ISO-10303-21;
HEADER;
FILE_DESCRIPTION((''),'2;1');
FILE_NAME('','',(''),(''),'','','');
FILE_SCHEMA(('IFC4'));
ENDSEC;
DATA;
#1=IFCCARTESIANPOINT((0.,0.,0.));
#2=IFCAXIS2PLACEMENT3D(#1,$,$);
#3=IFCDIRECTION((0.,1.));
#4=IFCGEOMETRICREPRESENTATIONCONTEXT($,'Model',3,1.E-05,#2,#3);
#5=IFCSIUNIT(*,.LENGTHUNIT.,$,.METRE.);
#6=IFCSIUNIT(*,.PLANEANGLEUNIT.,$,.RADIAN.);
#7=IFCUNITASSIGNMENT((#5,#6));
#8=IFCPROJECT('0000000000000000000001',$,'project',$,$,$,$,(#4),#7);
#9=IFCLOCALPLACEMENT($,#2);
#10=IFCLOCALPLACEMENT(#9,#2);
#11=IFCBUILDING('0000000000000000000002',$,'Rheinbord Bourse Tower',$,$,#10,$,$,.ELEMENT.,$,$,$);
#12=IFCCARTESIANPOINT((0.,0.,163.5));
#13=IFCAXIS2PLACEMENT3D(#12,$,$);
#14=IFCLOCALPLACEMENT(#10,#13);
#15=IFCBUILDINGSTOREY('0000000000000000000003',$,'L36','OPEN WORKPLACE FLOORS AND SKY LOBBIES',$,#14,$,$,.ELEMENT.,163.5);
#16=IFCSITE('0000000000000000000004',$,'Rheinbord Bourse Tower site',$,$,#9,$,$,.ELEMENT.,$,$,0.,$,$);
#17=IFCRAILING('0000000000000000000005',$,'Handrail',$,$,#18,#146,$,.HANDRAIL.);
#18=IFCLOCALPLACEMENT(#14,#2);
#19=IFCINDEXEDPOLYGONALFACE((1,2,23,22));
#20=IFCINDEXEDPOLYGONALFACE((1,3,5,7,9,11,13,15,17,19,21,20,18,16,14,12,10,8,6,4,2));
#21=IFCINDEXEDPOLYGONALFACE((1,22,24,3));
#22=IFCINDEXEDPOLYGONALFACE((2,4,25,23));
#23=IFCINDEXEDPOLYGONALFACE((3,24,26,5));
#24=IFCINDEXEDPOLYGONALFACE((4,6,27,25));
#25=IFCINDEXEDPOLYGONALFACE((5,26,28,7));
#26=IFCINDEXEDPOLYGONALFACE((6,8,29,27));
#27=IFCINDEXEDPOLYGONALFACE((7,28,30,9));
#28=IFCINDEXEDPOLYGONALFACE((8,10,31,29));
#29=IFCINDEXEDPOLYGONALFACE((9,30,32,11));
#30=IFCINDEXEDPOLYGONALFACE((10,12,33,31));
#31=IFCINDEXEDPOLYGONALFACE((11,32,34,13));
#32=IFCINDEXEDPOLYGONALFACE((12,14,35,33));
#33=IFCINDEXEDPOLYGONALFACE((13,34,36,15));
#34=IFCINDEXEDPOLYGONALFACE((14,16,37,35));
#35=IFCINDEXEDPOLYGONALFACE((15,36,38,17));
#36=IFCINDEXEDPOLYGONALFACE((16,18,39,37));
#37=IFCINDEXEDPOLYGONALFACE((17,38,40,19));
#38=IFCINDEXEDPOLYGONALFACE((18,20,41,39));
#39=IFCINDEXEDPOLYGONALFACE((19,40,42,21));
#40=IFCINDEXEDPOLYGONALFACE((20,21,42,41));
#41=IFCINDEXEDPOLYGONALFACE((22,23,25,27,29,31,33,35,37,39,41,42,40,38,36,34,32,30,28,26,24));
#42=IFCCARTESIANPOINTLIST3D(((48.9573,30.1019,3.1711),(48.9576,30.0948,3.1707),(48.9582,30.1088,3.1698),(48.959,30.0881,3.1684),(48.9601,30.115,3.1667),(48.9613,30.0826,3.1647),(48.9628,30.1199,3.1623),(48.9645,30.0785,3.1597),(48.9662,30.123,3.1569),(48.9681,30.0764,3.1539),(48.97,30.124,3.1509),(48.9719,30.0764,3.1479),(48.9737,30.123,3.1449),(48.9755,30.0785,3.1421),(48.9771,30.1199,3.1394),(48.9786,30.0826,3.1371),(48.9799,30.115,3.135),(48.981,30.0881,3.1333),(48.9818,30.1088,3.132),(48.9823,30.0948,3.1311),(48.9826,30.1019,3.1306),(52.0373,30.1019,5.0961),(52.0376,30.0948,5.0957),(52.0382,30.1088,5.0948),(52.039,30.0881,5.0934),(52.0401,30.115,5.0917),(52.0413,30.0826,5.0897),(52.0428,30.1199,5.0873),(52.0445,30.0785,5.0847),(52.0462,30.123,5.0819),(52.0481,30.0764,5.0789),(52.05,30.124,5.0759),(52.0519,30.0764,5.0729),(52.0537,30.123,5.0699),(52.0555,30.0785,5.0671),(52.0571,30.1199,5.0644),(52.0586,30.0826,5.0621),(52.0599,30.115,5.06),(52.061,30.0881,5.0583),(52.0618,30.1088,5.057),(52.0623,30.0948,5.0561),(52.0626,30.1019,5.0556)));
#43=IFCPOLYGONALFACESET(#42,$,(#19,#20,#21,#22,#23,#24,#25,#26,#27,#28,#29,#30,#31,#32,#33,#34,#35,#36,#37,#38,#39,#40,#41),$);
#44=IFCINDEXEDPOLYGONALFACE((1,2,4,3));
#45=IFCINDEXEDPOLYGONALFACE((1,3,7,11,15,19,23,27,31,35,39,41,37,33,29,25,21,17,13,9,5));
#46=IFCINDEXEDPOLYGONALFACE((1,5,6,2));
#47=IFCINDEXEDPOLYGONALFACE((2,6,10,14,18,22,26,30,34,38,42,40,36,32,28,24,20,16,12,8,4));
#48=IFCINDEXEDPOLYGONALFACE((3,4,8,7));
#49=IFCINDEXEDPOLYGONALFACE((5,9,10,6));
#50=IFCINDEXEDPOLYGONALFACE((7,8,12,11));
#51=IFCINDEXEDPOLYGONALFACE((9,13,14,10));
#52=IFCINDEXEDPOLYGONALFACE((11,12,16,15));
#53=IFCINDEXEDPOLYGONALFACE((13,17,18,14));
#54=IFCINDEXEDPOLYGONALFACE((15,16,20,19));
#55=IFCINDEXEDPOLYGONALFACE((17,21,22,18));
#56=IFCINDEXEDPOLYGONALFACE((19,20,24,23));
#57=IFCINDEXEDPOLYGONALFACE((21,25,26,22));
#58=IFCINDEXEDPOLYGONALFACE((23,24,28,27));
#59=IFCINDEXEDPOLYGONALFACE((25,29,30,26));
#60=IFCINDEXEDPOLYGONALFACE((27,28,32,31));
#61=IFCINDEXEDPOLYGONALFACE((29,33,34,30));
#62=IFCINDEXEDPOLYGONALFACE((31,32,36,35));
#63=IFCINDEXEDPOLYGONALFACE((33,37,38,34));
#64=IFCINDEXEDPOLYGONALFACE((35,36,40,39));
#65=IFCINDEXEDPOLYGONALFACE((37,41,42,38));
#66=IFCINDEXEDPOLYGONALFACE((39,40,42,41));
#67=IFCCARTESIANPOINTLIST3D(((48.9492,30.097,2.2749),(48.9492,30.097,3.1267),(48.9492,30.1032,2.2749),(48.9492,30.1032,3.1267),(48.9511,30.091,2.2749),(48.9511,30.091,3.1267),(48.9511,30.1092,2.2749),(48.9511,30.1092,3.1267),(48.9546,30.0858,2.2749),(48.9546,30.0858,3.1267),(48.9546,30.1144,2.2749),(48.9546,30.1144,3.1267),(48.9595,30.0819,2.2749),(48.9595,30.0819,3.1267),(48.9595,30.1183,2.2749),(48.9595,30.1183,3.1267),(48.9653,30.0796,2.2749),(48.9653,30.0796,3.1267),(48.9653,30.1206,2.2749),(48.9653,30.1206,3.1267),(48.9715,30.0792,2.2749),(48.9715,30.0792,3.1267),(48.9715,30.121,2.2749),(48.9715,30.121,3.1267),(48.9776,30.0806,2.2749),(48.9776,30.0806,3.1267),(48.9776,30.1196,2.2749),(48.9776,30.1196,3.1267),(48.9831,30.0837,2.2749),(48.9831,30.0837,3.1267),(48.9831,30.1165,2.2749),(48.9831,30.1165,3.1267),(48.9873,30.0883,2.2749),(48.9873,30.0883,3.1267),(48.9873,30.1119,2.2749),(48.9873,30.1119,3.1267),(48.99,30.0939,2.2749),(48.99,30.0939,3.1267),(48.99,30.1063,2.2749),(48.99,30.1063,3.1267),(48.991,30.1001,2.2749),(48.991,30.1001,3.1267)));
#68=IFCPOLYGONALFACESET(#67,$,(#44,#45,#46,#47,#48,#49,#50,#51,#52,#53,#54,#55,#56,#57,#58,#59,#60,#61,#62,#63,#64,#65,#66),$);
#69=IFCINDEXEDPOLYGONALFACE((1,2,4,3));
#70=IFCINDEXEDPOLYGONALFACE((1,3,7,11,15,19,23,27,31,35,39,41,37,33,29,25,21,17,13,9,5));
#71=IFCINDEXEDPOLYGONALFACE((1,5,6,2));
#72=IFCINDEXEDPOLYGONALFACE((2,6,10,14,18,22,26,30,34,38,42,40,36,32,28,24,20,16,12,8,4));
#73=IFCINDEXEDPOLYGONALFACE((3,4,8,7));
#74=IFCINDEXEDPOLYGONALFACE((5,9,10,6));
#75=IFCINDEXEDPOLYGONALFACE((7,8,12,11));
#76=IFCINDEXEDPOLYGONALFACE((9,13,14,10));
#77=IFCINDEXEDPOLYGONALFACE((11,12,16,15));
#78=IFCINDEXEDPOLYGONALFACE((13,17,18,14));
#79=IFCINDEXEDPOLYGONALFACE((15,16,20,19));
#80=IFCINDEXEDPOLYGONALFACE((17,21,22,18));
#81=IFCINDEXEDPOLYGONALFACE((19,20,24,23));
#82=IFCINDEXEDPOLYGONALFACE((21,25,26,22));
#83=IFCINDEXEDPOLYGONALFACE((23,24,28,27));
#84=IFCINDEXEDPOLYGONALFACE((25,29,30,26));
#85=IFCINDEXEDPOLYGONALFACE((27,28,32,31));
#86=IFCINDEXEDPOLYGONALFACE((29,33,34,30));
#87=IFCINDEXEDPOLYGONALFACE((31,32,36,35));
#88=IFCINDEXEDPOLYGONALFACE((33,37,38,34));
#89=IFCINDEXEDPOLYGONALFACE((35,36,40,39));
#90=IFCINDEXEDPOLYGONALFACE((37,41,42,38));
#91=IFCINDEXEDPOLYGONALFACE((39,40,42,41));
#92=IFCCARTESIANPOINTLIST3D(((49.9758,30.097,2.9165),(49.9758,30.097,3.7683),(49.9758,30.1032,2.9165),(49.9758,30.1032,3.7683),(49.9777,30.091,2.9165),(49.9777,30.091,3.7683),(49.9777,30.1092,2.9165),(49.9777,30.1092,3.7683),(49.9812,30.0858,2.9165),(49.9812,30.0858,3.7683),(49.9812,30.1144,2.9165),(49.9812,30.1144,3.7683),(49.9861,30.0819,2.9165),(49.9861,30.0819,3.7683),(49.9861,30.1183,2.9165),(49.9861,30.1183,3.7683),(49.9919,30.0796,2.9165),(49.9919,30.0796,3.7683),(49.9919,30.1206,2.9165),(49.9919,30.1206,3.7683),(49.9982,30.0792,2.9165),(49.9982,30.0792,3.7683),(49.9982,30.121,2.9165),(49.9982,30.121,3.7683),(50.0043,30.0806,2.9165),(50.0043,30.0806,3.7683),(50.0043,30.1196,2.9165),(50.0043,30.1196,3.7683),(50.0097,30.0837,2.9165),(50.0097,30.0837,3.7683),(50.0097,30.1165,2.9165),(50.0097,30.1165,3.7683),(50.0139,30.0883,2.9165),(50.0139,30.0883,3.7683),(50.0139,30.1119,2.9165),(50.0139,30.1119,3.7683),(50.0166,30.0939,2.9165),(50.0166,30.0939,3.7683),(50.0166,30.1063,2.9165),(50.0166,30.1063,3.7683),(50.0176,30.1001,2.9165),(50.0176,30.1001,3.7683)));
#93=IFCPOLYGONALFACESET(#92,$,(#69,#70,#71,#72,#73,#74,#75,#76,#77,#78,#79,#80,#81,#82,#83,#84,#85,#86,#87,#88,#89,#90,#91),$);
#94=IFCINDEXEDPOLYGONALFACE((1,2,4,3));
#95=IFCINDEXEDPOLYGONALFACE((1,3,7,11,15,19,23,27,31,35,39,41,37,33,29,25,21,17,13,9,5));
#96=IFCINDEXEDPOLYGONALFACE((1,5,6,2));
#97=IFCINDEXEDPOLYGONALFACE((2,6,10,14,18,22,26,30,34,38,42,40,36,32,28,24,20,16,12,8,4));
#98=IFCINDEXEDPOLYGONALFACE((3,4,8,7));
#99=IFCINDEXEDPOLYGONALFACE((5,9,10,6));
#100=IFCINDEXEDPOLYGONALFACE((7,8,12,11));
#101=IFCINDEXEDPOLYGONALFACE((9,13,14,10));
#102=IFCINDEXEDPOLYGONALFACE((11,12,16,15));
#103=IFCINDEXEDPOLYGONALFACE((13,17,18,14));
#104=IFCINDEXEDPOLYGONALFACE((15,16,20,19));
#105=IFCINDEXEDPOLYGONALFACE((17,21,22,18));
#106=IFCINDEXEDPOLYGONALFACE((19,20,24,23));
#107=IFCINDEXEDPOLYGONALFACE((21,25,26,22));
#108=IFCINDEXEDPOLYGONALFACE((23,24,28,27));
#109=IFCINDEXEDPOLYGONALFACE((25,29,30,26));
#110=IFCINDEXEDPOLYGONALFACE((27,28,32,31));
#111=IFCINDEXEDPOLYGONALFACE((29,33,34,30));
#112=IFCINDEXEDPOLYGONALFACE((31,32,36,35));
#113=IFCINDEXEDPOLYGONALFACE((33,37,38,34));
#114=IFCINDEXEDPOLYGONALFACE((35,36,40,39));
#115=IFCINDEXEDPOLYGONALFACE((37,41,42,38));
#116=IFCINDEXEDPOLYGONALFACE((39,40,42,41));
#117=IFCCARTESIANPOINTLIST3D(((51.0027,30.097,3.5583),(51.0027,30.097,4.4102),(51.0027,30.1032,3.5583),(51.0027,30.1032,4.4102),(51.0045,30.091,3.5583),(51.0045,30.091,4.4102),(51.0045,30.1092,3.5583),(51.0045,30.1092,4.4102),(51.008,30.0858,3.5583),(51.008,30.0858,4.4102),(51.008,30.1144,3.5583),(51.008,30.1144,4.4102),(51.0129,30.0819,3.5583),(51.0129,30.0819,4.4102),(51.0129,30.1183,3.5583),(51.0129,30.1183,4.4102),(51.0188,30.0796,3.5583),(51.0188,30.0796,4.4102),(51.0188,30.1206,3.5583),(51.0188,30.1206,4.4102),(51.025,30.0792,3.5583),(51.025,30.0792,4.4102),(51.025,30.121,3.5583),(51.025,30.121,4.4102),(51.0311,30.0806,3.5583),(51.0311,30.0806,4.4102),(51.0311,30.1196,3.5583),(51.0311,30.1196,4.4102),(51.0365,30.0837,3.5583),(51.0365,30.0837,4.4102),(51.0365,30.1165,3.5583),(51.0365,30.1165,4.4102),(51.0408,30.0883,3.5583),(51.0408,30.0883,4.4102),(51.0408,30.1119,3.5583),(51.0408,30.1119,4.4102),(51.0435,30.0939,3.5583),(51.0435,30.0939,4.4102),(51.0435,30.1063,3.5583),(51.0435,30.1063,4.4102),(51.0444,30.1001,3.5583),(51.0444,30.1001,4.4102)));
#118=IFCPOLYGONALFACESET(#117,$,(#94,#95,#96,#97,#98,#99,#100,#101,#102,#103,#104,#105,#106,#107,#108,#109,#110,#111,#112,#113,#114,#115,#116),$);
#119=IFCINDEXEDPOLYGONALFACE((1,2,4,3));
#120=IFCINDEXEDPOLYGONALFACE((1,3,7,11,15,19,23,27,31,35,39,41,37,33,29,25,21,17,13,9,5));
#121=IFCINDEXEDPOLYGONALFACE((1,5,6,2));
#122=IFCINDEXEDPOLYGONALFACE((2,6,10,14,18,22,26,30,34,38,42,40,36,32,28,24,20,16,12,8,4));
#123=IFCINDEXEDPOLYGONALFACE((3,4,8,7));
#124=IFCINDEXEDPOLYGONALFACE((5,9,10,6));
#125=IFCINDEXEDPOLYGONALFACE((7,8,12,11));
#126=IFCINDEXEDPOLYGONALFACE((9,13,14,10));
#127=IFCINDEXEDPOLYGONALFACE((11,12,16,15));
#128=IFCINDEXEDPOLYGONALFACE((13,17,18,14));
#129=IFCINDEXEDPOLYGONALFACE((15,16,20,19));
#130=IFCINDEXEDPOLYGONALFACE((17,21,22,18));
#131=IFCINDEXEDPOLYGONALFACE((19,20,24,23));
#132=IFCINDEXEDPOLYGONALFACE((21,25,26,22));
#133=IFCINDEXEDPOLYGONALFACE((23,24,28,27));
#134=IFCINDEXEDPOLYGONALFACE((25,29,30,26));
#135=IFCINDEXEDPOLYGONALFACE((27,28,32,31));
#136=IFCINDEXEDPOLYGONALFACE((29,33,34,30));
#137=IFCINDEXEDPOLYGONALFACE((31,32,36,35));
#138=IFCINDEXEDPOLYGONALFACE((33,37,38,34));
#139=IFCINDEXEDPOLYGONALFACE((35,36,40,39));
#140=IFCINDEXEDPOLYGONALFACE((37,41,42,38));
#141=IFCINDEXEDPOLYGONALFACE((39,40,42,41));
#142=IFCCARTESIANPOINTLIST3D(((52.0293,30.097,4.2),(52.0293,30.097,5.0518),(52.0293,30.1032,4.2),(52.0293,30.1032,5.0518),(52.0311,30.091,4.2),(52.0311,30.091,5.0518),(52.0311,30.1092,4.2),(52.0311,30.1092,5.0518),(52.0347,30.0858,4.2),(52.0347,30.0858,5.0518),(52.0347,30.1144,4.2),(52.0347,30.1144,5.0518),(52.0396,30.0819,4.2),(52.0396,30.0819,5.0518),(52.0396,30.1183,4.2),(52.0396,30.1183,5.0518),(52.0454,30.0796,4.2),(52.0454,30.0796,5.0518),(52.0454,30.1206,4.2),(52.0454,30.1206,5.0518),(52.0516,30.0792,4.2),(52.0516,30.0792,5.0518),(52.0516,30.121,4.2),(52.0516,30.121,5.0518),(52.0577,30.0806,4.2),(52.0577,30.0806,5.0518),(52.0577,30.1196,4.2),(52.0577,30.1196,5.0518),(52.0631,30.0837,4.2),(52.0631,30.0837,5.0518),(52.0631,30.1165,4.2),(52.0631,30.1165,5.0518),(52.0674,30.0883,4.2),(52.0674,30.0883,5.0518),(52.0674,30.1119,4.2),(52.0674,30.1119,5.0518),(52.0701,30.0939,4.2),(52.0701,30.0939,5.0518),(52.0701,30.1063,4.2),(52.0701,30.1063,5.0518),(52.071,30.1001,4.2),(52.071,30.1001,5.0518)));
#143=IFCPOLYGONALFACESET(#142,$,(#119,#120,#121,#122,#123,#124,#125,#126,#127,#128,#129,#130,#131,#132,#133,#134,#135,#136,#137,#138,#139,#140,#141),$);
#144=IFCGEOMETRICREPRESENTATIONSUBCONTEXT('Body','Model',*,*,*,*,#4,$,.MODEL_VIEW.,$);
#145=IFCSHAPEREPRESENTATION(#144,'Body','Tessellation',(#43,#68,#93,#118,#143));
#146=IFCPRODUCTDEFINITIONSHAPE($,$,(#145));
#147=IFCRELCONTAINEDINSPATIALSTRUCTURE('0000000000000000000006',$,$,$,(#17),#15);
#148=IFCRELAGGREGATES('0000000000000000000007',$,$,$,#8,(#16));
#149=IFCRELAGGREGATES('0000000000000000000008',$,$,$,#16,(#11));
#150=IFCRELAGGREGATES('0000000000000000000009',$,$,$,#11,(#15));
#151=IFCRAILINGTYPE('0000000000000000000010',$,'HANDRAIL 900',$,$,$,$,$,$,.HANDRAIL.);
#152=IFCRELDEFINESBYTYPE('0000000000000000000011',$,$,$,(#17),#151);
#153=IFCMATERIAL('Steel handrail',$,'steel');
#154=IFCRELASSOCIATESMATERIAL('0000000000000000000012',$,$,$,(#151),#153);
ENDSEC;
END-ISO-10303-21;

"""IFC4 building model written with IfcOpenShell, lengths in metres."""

from ifc_helpers import new_model, si_unit, direction, frame, origin, origin_2d, place, context, subcontext, project, spatial, circle, extrude, material, type_object, element, save


model = new_model("IFC4")

# Units and contexts
model_context = context("Model", 3, precision=1e-05, world=origin(), true_north=direction((0.0, 1.0)))
body_context = subcontext(model_context, "Body", "Model", "MODEL_VIEW")
ifc_project = project(units=[si_unit("LENGTHUNIT", "METRE"), si_unit("PLANEANGLEUNIT", "RADIAN")], contexts=[model_context])

# Site, building, storey
site_placement = place(None, origin())
site = spatial("IfcSite", under=ifc_project, at=site_placement, Name="Rheinbord Bourse Tower site", CompositionType="ELEMENT", RefElevation=0.0)
building_placement = place(site_placement, origin())
building = spatial("IfcBuilding", under=site, at=building_placement, Name="Rheinbord Bourse Tower", CompositionType="ELEMENT")
storey_placement = place(building_placement, frame((0.0, 0.0, 163.5)))
storey = spatial("IfcBuildingStorey", under=building, at=storey_placement, Name="L36", Description="OPEN WORKPLACE FLOORS AND SKY LOBBIES", CompositionType="ELEMENT", Elevation=163.5)

# Railing
ifc_material_1 = material(Name="Steel handrail", Category="steel")
railing_type = type_object("IfcRailingType", Name="HANDRAIL 900", PredefinedType="HANDRAIL", material=ifc_material_1)
railing_1_placement = place(storey_placement, frame((48.97, 30.1001, 2.2749)))
element("IfcRailing", 1, at=railing_1_placement, inside=storey, type_object=railing_type, Name="Handrail", PredefinedType="HANDRAIL", context=body_context, shape_type="SweptSolid", body=[
    extrude(circle(Radius=0.0239, at=origin_2d()), frame((0.0, 0.0, 0.876), z_axis=(0.847998, 0.0, 0.529999), x_axis=(0.0, 1.0, 0.0)), (0.0, 0.0, 1.0), 3.6321),
    extrude(circle(Radius=0.021, at=origin_2d()), origin(), (0.0, 0.0, 1.0), 0.8518),
    extrude(circle(Radius=0.021, at=origin_2d()), frame((1.0266, 0.0, 0.6416)), (0.0, 0.0, 1.0), 0.8518),
    extrude(circle(Radius=0.021, at=origin_2d()), frame((2.0535, 0.0, 1.2834)), (0.0, 0.0, 1.0), 0.8518),
    extrude(circle(Radius=0.021, at=origin_2d()), frame((3.0801, 0.0, 1.925)), (0.0, 0.0, 1.0), 0.8518),
])

save(model, "model.ifc")
